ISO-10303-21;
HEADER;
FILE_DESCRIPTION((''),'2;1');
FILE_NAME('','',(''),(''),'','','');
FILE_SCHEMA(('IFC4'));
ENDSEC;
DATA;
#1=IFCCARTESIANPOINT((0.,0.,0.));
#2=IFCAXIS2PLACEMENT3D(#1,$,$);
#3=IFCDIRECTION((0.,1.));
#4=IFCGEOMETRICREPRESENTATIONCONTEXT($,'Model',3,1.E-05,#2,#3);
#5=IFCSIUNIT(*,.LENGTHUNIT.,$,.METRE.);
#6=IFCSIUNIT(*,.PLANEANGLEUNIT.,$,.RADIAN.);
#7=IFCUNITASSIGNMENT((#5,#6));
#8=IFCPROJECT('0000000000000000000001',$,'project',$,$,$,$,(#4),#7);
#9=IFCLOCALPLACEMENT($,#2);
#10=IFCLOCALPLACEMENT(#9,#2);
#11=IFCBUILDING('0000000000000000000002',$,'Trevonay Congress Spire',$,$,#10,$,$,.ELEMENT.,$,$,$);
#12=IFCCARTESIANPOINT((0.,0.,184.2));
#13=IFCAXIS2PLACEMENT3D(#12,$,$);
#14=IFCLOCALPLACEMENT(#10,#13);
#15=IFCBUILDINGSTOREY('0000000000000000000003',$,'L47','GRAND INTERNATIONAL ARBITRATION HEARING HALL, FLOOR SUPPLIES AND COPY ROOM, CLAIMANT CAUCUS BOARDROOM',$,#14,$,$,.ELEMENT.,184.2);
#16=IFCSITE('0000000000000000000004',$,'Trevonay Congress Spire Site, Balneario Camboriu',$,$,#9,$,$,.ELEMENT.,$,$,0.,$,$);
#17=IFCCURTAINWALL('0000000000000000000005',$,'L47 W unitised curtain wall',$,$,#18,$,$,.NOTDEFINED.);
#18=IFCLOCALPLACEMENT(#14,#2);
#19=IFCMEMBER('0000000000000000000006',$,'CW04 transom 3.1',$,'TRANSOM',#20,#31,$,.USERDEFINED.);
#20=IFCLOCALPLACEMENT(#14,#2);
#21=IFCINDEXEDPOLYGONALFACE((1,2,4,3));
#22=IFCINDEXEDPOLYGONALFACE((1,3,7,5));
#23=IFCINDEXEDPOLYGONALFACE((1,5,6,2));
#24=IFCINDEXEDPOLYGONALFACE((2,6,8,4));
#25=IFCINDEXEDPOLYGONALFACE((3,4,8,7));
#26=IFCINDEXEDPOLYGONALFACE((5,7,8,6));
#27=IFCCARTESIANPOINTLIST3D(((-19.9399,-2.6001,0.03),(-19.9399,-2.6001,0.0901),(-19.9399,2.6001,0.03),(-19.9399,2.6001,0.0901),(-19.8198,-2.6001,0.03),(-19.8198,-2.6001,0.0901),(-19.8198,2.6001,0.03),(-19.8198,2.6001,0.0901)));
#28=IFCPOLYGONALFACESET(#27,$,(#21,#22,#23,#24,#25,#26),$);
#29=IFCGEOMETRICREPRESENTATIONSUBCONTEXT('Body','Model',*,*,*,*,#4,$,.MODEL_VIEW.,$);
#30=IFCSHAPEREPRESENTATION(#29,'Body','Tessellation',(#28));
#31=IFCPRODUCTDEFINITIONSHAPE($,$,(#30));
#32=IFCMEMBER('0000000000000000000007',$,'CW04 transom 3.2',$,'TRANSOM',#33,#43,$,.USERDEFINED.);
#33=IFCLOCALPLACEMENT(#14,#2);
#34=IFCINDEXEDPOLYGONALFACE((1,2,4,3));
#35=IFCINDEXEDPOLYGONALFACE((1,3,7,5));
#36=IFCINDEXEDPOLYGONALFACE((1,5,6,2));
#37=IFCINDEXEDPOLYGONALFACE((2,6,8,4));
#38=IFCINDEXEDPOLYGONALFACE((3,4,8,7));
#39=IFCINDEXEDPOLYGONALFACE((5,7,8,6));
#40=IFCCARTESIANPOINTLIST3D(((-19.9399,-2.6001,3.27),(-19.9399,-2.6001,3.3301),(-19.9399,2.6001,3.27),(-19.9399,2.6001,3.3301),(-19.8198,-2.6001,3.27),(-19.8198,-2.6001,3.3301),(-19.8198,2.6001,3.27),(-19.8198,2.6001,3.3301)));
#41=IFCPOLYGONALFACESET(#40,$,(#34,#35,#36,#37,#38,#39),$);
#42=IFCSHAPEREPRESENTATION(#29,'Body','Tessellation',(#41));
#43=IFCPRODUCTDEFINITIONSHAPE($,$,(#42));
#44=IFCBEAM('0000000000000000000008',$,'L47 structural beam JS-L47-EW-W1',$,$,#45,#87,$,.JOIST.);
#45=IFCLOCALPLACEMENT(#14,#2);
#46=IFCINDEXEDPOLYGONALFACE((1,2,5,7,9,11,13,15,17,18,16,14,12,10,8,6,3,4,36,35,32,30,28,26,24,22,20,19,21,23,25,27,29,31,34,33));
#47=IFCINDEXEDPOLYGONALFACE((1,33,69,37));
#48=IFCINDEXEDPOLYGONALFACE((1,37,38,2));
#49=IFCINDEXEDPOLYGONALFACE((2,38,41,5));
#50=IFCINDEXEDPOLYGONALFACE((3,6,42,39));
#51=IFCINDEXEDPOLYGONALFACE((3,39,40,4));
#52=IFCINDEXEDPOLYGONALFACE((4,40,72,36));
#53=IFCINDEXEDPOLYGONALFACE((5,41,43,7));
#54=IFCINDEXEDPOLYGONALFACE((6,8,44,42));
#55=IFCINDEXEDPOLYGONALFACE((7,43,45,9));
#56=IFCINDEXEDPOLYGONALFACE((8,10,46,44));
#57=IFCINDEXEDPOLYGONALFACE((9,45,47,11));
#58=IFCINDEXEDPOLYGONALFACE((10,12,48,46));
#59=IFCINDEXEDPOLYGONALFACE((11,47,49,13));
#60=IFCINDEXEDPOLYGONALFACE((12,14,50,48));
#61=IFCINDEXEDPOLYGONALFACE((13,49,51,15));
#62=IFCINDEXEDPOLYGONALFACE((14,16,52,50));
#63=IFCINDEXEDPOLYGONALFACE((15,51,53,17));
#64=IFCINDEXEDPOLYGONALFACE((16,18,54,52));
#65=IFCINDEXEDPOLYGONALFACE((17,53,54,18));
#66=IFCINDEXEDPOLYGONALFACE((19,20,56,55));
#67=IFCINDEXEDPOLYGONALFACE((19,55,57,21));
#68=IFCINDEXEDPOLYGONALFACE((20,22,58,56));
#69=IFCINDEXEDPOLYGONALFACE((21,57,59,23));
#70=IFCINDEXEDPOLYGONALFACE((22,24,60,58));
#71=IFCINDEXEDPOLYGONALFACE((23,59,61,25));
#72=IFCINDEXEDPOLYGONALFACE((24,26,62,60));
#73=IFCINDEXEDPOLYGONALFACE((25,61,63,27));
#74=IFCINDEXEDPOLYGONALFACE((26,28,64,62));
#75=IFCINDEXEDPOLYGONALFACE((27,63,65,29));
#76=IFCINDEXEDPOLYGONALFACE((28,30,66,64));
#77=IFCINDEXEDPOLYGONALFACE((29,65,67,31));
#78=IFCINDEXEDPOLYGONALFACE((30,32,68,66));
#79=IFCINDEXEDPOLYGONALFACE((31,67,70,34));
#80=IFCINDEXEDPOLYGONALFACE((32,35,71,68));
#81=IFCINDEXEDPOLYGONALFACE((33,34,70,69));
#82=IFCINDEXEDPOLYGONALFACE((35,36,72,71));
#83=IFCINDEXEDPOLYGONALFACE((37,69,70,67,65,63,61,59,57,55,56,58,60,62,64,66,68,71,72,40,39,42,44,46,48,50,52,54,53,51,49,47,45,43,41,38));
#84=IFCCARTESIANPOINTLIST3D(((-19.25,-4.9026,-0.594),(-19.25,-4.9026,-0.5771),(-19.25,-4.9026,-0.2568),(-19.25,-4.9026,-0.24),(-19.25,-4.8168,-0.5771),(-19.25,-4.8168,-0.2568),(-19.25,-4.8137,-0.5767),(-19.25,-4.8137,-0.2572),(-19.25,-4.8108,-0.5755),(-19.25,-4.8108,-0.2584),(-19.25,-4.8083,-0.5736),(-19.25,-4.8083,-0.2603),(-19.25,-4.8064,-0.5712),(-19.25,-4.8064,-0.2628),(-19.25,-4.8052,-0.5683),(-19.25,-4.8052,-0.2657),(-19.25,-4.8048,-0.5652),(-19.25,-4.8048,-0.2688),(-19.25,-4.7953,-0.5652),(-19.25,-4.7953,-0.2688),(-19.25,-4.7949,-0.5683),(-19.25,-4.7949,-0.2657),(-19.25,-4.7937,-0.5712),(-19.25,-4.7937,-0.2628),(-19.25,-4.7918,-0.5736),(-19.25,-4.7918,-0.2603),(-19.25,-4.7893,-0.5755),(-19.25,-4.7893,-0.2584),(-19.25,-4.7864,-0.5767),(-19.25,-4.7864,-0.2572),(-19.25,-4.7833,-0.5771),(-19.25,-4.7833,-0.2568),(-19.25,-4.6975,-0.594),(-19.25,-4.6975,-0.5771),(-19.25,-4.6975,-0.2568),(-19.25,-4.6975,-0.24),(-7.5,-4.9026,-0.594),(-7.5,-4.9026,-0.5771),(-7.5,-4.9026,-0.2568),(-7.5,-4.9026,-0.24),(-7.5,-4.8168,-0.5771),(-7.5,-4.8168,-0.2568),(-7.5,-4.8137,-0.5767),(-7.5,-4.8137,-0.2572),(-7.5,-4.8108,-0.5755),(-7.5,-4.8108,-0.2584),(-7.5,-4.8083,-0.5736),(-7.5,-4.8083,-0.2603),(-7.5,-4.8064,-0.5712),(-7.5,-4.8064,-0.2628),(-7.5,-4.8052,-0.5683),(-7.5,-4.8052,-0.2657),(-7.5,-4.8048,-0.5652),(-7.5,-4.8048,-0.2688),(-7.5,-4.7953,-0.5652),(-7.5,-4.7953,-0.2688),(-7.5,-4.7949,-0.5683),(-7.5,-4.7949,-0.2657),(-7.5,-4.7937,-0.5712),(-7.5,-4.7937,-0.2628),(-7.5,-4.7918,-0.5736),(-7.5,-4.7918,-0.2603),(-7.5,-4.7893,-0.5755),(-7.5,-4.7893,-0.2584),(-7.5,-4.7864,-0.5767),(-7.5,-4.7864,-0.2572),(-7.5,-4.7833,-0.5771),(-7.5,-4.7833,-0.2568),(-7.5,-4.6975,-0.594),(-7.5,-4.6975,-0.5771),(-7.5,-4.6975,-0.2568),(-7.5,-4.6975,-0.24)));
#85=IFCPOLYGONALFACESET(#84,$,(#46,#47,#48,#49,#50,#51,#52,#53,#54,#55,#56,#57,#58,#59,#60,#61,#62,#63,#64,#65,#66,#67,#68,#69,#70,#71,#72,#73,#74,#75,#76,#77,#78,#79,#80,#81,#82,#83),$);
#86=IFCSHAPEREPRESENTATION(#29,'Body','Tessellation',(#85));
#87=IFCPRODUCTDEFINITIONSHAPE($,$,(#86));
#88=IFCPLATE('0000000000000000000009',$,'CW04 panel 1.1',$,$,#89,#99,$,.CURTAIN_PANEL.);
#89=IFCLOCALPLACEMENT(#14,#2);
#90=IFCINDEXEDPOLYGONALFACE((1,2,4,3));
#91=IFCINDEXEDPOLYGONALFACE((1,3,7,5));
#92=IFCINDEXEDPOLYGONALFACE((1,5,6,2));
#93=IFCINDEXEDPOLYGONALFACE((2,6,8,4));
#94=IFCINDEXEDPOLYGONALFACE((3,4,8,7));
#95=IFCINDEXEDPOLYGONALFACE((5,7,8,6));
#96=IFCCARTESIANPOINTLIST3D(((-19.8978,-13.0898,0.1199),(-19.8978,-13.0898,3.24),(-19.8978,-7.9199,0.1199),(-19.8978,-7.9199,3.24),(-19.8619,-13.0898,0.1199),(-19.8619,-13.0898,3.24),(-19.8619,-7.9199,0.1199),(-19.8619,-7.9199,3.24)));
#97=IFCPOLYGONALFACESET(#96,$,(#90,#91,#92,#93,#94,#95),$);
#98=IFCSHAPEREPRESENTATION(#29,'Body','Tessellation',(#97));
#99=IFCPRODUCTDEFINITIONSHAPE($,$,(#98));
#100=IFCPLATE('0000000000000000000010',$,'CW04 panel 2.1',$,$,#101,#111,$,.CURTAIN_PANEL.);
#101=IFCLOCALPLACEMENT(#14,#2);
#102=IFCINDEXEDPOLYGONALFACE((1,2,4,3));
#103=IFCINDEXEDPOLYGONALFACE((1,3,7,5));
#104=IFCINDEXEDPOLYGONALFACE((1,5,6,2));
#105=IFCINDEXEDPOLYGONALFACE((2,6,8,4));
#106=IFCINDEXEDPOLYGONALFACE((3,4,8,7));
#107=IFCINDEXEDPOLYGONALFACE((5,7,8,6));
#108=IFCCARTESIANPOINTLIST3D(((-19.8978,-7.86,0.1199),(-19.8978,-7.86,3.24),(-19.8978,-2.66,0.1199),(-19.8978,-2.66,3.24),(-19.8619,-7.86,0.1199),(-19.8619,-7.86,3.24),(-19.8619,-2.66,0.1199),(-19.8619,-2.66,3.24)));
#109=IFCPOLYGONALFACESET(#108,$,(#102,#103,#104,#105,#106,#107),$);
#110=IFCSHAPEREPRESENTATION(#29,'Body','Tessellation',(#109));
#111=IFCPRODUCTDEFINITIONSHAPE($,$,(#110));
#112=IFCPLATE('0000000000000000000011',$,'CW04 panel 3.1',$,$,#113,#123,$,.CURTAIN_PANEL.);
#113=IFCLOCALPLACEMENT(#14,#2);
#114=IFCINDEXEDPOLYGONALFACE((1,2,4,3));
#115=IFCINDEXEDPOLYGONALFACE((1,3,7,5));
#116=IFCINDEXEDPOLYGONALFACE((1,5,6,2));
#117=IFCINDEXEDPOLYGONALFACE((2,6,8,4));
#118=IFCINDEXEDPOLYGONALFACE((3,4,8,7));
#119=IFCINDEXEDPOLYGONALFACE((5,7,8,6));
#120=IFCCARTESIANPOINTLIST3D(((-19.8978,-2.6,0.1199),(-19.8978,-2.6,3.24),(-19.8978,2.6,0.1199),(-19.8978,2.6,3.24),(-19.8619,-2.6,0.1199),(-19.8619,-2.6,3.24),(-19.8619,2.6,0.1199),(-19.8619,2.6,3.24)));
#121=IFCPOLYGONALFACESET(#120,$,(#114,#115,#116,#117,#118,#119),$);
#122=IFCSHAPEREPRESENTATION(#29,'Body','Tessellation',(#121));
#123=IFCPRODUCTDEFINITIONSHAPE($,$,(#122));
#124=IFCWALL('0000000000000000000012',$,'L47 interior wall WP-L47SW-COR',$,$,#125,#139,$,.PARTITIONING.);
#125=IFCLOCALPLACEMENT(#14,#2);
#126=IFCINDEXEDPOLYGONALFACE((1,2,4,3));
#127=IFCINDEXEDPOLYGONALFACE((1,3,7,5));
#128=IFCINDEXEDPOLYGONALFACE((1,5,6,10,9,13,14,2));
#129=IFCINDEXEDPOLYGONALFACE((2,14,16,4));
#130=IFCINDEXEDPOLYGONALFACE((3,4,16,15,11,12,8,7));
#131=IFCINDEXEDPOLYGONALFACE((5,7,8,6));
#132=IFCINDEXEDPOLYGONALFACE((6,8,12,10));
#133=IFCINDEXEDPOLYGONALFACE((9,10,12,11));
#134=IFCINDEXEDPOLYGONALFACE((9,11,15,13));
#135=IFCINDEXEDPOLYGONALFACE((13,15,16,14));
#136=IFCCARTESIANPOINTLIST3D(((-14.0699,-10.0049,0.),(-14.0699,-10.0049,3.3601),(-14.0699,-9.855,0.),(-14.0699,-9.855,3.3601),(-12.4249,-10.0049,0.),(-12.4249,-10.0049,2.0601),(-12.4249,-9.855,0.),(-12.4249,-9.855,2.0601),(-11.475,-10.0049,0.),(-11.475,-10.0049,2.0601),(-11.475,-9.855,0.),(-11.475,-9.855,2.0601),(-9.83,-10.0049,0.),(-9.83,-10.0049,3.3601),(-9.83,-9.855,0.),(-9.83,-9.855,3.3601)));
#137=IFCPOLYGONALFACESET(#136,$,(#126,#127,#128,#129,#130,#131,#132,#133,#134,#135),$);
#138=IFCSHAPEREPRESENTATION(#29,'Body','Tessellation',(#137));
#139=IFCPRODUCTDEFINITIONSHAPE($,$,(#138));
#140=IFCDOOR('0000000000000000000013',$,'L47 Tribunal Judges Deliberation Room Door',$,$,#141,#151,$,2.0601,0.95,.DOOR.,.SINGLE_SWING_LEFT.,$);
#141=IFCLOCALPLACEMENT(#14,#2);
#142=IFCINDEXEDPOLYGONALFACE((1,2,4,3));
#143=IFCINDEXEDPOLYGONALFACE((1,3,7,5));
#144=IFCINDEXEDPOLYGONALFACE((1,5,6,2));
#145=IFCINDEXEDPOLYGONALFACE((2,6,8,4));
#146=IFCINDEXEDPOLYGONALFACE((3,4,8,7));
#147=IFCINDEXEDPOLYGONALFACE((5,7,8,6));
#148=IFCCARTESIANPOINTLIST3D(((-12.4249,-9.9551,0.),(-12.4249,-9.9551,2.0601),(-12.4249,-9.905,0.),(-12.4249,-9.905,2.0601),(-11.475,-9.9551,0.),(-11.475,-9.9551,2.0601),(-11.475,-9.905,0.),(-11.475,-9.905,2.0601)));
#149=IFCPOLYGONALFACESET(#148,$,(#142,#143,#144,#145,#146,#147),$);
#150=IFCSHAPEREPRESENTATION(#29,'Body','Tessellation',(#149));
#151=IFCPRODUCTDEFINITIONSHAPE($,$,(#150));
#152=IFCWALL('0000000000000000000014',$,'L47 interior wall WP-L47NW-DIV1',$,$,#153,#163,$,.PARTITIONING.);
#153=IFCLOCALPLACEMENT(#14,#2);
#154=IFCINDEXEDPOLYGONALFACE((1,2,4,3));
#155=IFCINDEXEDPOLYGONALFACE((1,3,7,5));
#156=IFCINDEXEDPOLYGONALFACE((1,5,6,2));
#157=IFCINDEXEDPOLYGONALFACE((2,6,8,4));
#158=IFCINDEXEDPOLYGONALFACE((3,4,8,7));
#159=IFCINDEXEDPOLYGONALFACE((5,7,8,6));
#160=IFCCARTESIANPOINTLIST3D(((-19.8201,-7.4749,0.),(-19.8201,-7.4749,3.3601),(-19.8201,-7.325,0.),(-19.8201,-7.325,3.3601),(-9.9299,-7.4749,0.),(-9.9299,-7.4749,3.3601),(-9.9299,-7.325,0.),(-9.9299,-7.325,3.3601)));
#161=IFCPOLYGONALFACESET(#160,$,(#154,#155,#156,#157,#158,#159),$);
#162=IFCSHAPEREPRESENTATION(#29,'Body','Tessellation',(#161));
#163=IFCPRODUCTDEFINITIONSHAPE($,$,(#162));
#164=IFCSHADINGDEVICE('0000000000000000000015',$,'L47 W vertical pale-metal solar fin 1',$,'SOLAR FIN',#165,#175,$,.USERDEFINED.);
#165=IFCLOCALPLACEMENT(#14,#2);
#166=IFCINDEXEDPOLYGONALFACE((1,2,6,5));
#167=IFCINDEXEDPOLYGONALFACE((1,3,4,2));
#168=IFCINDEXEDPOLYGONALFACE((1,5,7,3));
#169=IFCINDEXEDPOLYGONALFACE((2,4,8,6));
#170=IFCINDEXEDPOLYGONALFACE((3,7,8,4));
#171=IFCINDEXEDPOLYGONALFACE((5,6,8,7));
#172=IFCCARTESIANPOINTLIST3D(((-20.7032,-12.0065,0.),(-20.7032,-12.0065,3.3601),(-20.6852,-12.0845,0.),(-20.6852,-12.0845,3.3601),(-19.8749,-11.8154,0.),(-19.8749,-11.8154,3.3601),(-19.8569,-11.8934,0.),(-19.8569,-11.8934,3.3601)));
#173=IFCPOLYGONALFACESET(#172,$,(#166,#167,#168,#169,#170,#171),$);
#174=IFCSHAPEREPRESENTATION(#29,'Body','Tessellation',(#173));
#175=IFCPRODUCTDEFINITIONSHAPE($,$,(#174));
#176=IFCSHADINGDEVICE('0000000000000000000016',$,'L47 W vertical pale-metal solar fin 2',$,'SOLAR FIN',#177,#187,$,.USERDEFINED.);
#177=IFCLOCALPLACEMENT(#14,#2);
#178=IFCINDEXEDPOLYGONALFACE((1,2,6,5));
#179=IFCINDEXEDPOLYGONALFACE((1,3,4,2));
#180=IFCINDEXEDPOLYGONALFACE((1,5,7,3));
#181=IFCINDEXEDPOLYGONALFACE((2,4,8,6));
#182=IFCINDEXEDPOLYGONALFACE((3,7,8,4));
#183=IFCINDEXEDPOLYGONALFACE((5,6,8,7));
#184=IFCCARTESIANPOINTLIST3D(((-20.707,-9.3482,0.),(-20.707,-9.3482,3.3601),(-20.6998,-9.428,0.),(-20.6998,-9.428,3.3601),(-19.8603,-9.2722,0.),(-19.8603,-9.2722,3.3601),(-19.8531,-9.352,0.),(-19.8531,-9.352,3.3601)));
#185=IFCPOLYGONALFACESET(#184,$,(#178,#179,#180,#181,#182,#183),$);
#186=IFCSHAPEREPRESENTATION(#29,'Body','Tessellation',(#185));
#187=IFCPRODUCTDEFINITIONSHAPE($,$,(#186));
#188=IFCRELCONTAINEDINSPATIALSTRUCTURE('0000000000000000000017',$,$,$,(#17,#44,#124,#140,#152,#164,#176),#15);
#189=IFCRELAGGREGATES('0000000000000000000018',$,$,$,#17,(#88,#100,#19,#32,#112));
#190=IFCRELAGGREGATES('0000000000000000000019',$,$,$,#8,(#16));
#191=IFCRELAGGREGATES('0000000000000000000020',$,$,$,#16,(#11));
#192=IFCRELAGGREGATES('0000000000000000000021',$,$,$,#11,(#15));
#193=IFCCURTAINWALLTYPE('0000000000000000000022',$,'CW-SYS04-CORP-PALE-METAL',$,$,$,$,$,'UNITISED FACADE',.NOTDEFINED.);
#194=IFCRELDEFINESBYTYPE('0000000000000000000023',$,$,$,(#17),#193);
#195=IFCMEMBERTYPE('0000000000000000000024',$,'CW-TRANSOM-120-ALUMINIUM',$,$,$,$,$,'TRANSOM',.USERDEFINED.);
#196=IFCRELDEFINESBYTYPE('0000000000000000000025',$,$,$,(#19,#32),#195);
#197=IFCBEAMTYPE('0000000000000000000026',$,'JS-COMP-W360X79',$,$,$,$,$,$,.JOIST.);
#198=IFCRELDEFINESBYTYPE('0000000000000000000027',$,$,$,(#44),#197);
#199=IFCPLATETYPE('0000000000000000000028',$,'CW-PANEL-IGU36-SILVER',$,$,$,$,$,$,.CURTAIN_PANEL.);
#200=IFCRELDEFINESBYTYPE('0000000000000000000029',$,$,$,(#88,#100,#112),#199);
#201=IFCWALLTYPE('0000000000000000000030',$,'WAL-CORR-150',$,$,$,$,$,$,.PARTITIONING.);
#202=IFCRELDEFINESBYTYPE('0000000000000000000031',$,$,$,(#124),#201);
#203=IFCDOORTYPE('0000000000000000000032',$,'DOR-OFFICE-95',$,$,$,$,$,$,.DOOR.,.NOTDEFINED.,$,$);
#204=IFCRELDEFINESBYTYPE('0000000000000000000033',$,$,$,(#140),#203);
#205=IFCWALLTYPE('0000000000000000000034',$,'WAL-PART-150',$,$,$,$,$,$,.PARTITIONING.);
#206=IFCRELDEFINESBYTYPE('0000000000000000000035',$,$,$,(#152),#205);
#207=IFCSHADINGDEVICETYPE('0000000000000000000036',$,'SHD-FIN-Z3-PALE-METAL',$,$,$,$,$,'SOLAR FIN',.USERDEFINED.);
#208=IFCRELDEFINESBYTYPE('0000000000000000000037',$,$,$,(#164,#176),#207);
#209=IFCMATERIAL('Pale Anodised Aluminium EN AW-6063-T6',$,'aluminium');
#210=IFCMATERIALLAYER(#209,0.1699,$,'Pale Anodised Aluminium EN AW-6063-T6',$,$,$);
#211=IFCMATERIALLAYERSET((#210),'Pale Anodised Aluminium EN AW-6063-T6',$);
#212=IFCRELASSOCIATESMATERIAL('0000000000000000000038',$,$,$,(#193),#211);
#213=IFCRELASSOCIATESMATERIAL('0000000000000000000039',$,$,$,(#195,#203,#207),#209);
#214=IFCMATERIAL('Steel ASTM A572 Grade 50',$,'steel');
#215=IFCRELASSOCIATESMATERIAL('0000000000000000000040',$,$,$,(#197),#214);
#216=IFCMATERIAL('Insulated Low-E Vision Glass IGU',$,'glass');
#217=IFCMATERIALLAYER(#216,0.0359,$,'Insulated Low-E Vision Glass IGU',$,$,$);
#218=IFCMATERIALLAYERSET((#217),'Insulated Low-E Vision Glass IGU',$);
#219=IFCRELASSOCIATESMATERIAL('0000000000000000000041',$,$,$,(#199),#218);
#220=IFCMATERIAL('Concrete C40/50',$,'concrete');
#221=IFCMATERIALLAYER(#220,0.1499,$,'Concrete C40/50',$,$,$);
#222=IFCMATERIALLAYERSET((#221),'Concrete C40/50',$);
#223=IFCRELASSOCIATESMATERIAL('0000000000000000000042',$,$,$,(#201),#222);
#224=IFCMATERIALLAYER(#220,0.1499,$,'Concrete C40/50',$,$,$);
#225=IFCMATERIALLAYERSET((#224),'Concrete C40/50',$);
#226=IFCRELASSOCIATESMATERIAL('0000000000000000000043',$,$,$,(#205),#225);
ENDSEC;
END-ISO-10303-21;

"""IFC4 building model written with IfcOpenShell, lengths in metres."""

from ifc_helpers import new_model, si_unit, direction, frame, frame_2d, origin, origin_2d, place, context, subcontext, project, spatial, rectangle, i_section, extrude, material, layer, layer_set, material_profile, profile_set, type_object, element, fill, aggregate, save


model = new_model("IFC4")

# Units and contexts
model_context = context("Model", 3, precision=1e-05, world=origin(), true_north=direction((0.0, 1.0)))
body_context = subcontext(model_context, "Body", "Model", "MODEL_VIEW")
ifc_project = project(units=[si_unit("LENGTHUNIT", "METRE"), si_unit("PLANEANGLEUNIT", "RADIAN")], contexts=[model_context])

# Site, building, storey
site_placement = place(None, origin())
site = spatial("IfcSite", under=ifc_project, at=site_placement, Name="Trevonay Congress Spire Site, Balneario Camboriu", CompositionType="ELEMENT", RefElevation=0.0)
building_placement = place(site_placement, origin())
building = spatial("IfcBuilding", under=site, at=building_placement, Name="Trevonay Congress Spire", CompositionType="ELEMENT")
storey_placement = place(building_placement, frame((0.0, 0.0, 184.2)))
storey = spatial("IfcBuildingStorey", under=building, at=storey_placement, Name="L47", Description="GRAND INTERNATIONAL ARBITRATION HEARING HALL, FLOOR SUPPLIES AND COPY ROOM, CLAIMANT CAUCUS BOARDROOM", CompositionType="ELEMENT", Elevation=184.2)

# Shared definitions
ifc_material_1 = material(Name="Steel ASTM A572 Grade 50", Category="steel")

# Curtain wall, members
ifc_material_2 = material(Name="Pale Anodised Aluminium EN AW-6063-T6", Category="aluminium")
ifc_layer_1 = layer(ifc_material_2, 0.1699, Name="Pale Anodised Aluminium EN AW-6063-T6")
ifc_layer_set_1 = layer_set([ifc_layer_1], Name="Pale Anodised Aluminium EN AW-6063-T6")
curtain_wall_type = type_object("IfcCurtainWallType", Name="CW-SYS04-CORP-PALE-METAL", ElementType="UNITISED FACADE", PredefinedType="NOTDEFINED", material=ifc_layer_set_1)
curtain_wall_placement = place(storey_placement, origin())
curtain_wall = element("IfcCurtainWall", 1, at=curtain_wall_placement, inside=storey, type_object=curtain_wall_type, Name="L47 W unitised curtain wall", PredefinedType="NOTDEFINED")
ifc_material_profile_1 = material_profile(ifc_material_2, rectangle(XDim=0.1201, YDim=0.0601, at=origin_2d()), Name="CW-TRANSOM-120-ALUMINIUM")
ifc_profile_set_1 = profile_set([ifc_material_profile_1], Name="Pale Anodised Aluminium EN AW-6063-T6")
member_type_1 = type_object("IfcMemberType", Name="CW-TRANSOM-120-ALUMINIUM", ElementType="TRANSOM", PredefinedType="USERDEFINED", material=ifc_profile_set_1)
member_1_placement = place(storey_placement, frame((-19.8799, -2.6001, 0.0601), z_axis=(0.0, 1.0, 0.0), x_axis=(-1.0, 0.0, 0.0)))
member_1 = element("IfcMember", 2, at=member_1_placement, type_object=member_type_1, Name="CW04 transom 3.1", ObjectType="TRANSOM", PredefinedType="USERDEFINED", context=body_context, shape_type="SweptSolid", body=[
    extrude(rectangle(XDim=0.1201, YDim=0.0601, at=origin_2d()), origin(), (0.0, 0.0, 1.0), 5.2002),
])
member_2_placement = place(storey_placement, frame((-19.8799, -2.6001, 3.3), z_axis=(0.0, 1.0, 0.0), x_axis=(-1.0, 0.0, 0.0)))
member_2 = element("IfcMember", 3, at=member_2_placement, type_object=member_type_1, Name="CW04 transom 3.2", ObjectType="TRANSOM", PredefinedType="USERDEFINED", context=body_context, shape_type="SweptSolid", body=[
    extrude(rectangle(XDim=0.1201, YDim=0.0601, at=origin_2d()), origin(), (0.0, 0.0, 1.0), 5.2002),
])

# Beam
ifc_material_profile_2 = material_profile(ifc_material_1, i_section(OverallWidth=0.2051, OverallDepth=0.354, WebThickness=0.0095, FlangeThickness=0.0168, FilletRadius=0.012, at=origin_2d()), Name="W360x79")
ifc_profile_set_2 = profile_set([ifc_material_profile_2], Name="Steel ASTM A572 Grade 50")
beam_type_1 = type_object("IfcBeamType", Name="JS-COMP-W360X79", PredefinedType="JOIST", material=ifc_profile_set_2)
beam_1_placement = place(storey_placement, frame((-19.25, -4.8, -0.417), z_axis=(1.0, 0.0, 0.0), x_axis=(0.0, 1.0, 0.0)))
element("IfcBeam", 4, at=beam_1_placement, inside=storey, type_object=beam_type_1, Name="L47 structural beam JS-L47-EW-W1", PredefinedType="JOIST", context=body_context, shape_type="SweptSolid", body=[
    extrude(i_section(OverallWidth=0.2051, OverallDepth=0.354, WebThickness=0.0095, FlangeThickness=0.0168, FilletRadius=0.012, at=origin_2d()), origin(), (0.0, 0.0, 1.0), 11.75),
])

# Plates
ifc_material_3 = material(Name="Insulated Low-E Vision Glass IGU", Category="glass")
ifc_layer_2 = layer(ifc_material_3, 0.0359, Name="Insulated Low-E Vision Glass IGU")
ifc_layer_set_2 = layer_set([ifc_layer_2], Name="Insulated Low-E Vision Glass IGU")
plate_type = type_object("IfcPlateType", Name="CW-PANEL-IGU36-SILVER", PredefinedType="CURTAIN_PANEL", material=ifc_layer_set_2)
plate_1_placement = place(storey_placement, frame((-19.8799, -10.5049, 0.1199), z_axis=(0.0, 0.0, 1.0), x_axis=(0.0, 1.0, 0.0)))
plate_1 = element("IfcPlate", 5, at=plate_1_placement, type_object=plate_type, Name="CW04 panel 1.1", PredefinedType="CURTAIN_PANEL", context=body_context, shape_type="SweptSolid", body=[
    extrude(rectangle(XDim=5.1699, YDim=0.0359, at=origin_2d()), origin(), (0.0, 0.0, 1.0), 3.1201),
])
plate_2_placement = place(storey_placement, frame((-19.8799, -5.26, 0.1199), z_axis=(0.0, 0.0, 1.0), x_axis=(0.0, 1.0, 0.0)))
plate_2 = element("IfcPlate", 6, at=plate_2_placement, type_object=plate_type, Name="CW04 panel 2.1", PredefinedType="CURTAIN_PANEL", context=body_context, shape_type="SweptSolid", body=[
    extrude(rectangle(XDim=5.2, YDim=0.0359, at=origin_2d()), origin(), (0.0, 0.0, 1.0), 3.1201),
])
plate_3_placement = place(storey_placement, frame((-19.8799, 0.0, 0.1199), z_axis=(0.0, 0.0, 1.0), x_axis=(0.0, 1.0, 0.0)))
plate_3 = element("IfcPlate", 7, at=plate_3_placement, type_object=plate_type, Name="CW04 panel 3.1", PredefinedType="CURTAIN_PANEL", context=body_context, shape_type="SweptSolid", body=[
    extrude(rectangle(XDim=5.2, YDim=0.0359, at=origin_2d()), origin(), (0.0, 0.0, 1.0), 3.1201),
])
aggregate(curtain_wall, [plate_1, plate_2, member_1, member_2, plate_3])

# Wall, opening, door
ifc_material_4 = material(Name="Concrete C40/50", Category="concrete")
ifc_layer_3 = layer(ifc_material_4, 0.1499, Name="Concrete C40/50")
ifc_layer_set_3 = layer_set([ifc_layer_3], Name="Concrete C40/50")
wall_type_1 = type_object("IfcWallType", Name="WAL-CORR-150", PredefinedType="PARTITIONING", material=ifc_layer_set_3)
wall_1_placement = place(storey_placement, frame((-14.0701, -9.9299, 0.0), z_axis=(0.0, 0.0, 1.0), x_axis=(1.0, 0.0, 0.0)))
wall_1 = element("IfcWall", 8, at=wall_1_placement, inside=storey, type_object=wall_type_1, Name="L47 interior wall WP-L47SW-COR", PredefinedType="PARTITIONING", context=body_context, shape_type="SweptSolid", body=[
    extrude(rectangle(XDim=4.24, YDim=0.1499, at=frame_2d((2.1201, 0.0))), origin(), (0.0, 0.0, 1.0), 3.3601),
])
opening_placement = place(wall_1_placement, frame((1.645, 0.0, 0.0)))
opening = element("IfcOpeningElement", 9, at=opening_placement, cuts=wall_1, PredefinedType="OPENING", context=body_context, shape_type="SweptSolid", body=[
    extrude(rectangle(XDim=0.95, YDim=2.0601, at=frame_2d((0.4751, 1.03))), frame((0.0, 0.085, 0.0), z_axis=(0.0, -1.0, 0.0), x_axis=(1.0, 0.0, 0.0)), (0.0, 0.0, 1.0), 0.1699),
])
door_type = type_object("IfcDoorType", Name="DOR-OFFICE-95", OperationType="NOTDEFINED", PredefinedType="DOOR", material=ifc_material_2)
door_placement = place(opening_placement, origin())
door = element("IfcDoor", 10, at=door_placement, inside=storey, type_object=door_type, Name="L47 Tribunal Judges Deliberation Room Door", OperationType="SINGLE_SWING_LEFT", OverallHeight=2.0601, OverallWidth=0.95, PredefinedType="DOOR", context=body_context, shape_type="SweptSolid", body=[
    extrude(rectangle(XDim=0.95, YDim=2.0601, at=frame_2d((0.4751, 1.03))), frame((0.0, 0.0249, 0.0), z_axis=(0.0, -1.0, 0.0), x_axis=(1.0, 0.0, 0.0)), (0.0, 0.0, 1.0), 0.05),
])
fill(opening, door)

# Wall
ifc_layer_4 = layer(ifc_material_4, 0.1499, Name="Concrete C40/50")
ifc_layer_set_4 = layer_set([ifc_layer_4], Name="Concrete C40/50")
wall_type_2 = type_object("IfcWallType", Name="WAL-PART-150", PredefinedType="PARTITIONING", material=ifc_layer_set_4)
wall_2_placement = place(storey_placement, frame((-19.8201, -7.3999, 0.0), z_axis=(0.0, 0.0, 1.0), x_axis=(1.0, 0.0, 0.0)))
element("IfcWall", 11, at=wall_2_placement, inside=storey, type_object=wall_type_2, Name="L47 interior wall WP-L47NW-DIV1", PredefinedType="PARTITIONING", context=body_context, shape_type="SweptSolid", body=[
    extrude(rectangle(XDim=9.8901, YDim=0.1499, at=frame_2d((4.9451, 0.0))), origin(), (0.0, 0.0, 1.0), 3.3601),
])

# Shading devices
shading_device_type = type_object("IfcShadingDeviceType", Name="SHD-FIN-Z3-PALE-METAL", ElementType="SOLAR FIN", PredefinedType="USERDEFINED", material=ifc_material_2)
for number, where, z_axis, x_axis, name in (
    (12, (-20.28, -11.95, 0.0), (0.0, 0.0, 1.0), (-0.224781, 0.974409, 0.0), "L47 W vertical pale-metal solar fin 1"),
    (13, (-20.28, -9.3501, 0.0), (0.0, 0.0, 1.0), (-0.089416, 0.995994, 0.0), "L47 W vertical pale-metal solar fin 2"),
):
    element("IfcShadingDevice", number, at=place(storey_placement, frame(where, z_axis=z_axis, x_axis=x_axis)), inside=storey, type_object=shading_device_type, Name=name, ObjectType="SOLAR FIN", PredefinedType="USERDEFINED", context=body_context, shape_type="SweptSolid", body=[
        extrude(rectangle(XDim=0.0801, YDim=0.8501, at=origin_2d()), origin(), (0.0, 0.0, 1.0), 3.3601),
    ])

save(model, "model.ifc")
